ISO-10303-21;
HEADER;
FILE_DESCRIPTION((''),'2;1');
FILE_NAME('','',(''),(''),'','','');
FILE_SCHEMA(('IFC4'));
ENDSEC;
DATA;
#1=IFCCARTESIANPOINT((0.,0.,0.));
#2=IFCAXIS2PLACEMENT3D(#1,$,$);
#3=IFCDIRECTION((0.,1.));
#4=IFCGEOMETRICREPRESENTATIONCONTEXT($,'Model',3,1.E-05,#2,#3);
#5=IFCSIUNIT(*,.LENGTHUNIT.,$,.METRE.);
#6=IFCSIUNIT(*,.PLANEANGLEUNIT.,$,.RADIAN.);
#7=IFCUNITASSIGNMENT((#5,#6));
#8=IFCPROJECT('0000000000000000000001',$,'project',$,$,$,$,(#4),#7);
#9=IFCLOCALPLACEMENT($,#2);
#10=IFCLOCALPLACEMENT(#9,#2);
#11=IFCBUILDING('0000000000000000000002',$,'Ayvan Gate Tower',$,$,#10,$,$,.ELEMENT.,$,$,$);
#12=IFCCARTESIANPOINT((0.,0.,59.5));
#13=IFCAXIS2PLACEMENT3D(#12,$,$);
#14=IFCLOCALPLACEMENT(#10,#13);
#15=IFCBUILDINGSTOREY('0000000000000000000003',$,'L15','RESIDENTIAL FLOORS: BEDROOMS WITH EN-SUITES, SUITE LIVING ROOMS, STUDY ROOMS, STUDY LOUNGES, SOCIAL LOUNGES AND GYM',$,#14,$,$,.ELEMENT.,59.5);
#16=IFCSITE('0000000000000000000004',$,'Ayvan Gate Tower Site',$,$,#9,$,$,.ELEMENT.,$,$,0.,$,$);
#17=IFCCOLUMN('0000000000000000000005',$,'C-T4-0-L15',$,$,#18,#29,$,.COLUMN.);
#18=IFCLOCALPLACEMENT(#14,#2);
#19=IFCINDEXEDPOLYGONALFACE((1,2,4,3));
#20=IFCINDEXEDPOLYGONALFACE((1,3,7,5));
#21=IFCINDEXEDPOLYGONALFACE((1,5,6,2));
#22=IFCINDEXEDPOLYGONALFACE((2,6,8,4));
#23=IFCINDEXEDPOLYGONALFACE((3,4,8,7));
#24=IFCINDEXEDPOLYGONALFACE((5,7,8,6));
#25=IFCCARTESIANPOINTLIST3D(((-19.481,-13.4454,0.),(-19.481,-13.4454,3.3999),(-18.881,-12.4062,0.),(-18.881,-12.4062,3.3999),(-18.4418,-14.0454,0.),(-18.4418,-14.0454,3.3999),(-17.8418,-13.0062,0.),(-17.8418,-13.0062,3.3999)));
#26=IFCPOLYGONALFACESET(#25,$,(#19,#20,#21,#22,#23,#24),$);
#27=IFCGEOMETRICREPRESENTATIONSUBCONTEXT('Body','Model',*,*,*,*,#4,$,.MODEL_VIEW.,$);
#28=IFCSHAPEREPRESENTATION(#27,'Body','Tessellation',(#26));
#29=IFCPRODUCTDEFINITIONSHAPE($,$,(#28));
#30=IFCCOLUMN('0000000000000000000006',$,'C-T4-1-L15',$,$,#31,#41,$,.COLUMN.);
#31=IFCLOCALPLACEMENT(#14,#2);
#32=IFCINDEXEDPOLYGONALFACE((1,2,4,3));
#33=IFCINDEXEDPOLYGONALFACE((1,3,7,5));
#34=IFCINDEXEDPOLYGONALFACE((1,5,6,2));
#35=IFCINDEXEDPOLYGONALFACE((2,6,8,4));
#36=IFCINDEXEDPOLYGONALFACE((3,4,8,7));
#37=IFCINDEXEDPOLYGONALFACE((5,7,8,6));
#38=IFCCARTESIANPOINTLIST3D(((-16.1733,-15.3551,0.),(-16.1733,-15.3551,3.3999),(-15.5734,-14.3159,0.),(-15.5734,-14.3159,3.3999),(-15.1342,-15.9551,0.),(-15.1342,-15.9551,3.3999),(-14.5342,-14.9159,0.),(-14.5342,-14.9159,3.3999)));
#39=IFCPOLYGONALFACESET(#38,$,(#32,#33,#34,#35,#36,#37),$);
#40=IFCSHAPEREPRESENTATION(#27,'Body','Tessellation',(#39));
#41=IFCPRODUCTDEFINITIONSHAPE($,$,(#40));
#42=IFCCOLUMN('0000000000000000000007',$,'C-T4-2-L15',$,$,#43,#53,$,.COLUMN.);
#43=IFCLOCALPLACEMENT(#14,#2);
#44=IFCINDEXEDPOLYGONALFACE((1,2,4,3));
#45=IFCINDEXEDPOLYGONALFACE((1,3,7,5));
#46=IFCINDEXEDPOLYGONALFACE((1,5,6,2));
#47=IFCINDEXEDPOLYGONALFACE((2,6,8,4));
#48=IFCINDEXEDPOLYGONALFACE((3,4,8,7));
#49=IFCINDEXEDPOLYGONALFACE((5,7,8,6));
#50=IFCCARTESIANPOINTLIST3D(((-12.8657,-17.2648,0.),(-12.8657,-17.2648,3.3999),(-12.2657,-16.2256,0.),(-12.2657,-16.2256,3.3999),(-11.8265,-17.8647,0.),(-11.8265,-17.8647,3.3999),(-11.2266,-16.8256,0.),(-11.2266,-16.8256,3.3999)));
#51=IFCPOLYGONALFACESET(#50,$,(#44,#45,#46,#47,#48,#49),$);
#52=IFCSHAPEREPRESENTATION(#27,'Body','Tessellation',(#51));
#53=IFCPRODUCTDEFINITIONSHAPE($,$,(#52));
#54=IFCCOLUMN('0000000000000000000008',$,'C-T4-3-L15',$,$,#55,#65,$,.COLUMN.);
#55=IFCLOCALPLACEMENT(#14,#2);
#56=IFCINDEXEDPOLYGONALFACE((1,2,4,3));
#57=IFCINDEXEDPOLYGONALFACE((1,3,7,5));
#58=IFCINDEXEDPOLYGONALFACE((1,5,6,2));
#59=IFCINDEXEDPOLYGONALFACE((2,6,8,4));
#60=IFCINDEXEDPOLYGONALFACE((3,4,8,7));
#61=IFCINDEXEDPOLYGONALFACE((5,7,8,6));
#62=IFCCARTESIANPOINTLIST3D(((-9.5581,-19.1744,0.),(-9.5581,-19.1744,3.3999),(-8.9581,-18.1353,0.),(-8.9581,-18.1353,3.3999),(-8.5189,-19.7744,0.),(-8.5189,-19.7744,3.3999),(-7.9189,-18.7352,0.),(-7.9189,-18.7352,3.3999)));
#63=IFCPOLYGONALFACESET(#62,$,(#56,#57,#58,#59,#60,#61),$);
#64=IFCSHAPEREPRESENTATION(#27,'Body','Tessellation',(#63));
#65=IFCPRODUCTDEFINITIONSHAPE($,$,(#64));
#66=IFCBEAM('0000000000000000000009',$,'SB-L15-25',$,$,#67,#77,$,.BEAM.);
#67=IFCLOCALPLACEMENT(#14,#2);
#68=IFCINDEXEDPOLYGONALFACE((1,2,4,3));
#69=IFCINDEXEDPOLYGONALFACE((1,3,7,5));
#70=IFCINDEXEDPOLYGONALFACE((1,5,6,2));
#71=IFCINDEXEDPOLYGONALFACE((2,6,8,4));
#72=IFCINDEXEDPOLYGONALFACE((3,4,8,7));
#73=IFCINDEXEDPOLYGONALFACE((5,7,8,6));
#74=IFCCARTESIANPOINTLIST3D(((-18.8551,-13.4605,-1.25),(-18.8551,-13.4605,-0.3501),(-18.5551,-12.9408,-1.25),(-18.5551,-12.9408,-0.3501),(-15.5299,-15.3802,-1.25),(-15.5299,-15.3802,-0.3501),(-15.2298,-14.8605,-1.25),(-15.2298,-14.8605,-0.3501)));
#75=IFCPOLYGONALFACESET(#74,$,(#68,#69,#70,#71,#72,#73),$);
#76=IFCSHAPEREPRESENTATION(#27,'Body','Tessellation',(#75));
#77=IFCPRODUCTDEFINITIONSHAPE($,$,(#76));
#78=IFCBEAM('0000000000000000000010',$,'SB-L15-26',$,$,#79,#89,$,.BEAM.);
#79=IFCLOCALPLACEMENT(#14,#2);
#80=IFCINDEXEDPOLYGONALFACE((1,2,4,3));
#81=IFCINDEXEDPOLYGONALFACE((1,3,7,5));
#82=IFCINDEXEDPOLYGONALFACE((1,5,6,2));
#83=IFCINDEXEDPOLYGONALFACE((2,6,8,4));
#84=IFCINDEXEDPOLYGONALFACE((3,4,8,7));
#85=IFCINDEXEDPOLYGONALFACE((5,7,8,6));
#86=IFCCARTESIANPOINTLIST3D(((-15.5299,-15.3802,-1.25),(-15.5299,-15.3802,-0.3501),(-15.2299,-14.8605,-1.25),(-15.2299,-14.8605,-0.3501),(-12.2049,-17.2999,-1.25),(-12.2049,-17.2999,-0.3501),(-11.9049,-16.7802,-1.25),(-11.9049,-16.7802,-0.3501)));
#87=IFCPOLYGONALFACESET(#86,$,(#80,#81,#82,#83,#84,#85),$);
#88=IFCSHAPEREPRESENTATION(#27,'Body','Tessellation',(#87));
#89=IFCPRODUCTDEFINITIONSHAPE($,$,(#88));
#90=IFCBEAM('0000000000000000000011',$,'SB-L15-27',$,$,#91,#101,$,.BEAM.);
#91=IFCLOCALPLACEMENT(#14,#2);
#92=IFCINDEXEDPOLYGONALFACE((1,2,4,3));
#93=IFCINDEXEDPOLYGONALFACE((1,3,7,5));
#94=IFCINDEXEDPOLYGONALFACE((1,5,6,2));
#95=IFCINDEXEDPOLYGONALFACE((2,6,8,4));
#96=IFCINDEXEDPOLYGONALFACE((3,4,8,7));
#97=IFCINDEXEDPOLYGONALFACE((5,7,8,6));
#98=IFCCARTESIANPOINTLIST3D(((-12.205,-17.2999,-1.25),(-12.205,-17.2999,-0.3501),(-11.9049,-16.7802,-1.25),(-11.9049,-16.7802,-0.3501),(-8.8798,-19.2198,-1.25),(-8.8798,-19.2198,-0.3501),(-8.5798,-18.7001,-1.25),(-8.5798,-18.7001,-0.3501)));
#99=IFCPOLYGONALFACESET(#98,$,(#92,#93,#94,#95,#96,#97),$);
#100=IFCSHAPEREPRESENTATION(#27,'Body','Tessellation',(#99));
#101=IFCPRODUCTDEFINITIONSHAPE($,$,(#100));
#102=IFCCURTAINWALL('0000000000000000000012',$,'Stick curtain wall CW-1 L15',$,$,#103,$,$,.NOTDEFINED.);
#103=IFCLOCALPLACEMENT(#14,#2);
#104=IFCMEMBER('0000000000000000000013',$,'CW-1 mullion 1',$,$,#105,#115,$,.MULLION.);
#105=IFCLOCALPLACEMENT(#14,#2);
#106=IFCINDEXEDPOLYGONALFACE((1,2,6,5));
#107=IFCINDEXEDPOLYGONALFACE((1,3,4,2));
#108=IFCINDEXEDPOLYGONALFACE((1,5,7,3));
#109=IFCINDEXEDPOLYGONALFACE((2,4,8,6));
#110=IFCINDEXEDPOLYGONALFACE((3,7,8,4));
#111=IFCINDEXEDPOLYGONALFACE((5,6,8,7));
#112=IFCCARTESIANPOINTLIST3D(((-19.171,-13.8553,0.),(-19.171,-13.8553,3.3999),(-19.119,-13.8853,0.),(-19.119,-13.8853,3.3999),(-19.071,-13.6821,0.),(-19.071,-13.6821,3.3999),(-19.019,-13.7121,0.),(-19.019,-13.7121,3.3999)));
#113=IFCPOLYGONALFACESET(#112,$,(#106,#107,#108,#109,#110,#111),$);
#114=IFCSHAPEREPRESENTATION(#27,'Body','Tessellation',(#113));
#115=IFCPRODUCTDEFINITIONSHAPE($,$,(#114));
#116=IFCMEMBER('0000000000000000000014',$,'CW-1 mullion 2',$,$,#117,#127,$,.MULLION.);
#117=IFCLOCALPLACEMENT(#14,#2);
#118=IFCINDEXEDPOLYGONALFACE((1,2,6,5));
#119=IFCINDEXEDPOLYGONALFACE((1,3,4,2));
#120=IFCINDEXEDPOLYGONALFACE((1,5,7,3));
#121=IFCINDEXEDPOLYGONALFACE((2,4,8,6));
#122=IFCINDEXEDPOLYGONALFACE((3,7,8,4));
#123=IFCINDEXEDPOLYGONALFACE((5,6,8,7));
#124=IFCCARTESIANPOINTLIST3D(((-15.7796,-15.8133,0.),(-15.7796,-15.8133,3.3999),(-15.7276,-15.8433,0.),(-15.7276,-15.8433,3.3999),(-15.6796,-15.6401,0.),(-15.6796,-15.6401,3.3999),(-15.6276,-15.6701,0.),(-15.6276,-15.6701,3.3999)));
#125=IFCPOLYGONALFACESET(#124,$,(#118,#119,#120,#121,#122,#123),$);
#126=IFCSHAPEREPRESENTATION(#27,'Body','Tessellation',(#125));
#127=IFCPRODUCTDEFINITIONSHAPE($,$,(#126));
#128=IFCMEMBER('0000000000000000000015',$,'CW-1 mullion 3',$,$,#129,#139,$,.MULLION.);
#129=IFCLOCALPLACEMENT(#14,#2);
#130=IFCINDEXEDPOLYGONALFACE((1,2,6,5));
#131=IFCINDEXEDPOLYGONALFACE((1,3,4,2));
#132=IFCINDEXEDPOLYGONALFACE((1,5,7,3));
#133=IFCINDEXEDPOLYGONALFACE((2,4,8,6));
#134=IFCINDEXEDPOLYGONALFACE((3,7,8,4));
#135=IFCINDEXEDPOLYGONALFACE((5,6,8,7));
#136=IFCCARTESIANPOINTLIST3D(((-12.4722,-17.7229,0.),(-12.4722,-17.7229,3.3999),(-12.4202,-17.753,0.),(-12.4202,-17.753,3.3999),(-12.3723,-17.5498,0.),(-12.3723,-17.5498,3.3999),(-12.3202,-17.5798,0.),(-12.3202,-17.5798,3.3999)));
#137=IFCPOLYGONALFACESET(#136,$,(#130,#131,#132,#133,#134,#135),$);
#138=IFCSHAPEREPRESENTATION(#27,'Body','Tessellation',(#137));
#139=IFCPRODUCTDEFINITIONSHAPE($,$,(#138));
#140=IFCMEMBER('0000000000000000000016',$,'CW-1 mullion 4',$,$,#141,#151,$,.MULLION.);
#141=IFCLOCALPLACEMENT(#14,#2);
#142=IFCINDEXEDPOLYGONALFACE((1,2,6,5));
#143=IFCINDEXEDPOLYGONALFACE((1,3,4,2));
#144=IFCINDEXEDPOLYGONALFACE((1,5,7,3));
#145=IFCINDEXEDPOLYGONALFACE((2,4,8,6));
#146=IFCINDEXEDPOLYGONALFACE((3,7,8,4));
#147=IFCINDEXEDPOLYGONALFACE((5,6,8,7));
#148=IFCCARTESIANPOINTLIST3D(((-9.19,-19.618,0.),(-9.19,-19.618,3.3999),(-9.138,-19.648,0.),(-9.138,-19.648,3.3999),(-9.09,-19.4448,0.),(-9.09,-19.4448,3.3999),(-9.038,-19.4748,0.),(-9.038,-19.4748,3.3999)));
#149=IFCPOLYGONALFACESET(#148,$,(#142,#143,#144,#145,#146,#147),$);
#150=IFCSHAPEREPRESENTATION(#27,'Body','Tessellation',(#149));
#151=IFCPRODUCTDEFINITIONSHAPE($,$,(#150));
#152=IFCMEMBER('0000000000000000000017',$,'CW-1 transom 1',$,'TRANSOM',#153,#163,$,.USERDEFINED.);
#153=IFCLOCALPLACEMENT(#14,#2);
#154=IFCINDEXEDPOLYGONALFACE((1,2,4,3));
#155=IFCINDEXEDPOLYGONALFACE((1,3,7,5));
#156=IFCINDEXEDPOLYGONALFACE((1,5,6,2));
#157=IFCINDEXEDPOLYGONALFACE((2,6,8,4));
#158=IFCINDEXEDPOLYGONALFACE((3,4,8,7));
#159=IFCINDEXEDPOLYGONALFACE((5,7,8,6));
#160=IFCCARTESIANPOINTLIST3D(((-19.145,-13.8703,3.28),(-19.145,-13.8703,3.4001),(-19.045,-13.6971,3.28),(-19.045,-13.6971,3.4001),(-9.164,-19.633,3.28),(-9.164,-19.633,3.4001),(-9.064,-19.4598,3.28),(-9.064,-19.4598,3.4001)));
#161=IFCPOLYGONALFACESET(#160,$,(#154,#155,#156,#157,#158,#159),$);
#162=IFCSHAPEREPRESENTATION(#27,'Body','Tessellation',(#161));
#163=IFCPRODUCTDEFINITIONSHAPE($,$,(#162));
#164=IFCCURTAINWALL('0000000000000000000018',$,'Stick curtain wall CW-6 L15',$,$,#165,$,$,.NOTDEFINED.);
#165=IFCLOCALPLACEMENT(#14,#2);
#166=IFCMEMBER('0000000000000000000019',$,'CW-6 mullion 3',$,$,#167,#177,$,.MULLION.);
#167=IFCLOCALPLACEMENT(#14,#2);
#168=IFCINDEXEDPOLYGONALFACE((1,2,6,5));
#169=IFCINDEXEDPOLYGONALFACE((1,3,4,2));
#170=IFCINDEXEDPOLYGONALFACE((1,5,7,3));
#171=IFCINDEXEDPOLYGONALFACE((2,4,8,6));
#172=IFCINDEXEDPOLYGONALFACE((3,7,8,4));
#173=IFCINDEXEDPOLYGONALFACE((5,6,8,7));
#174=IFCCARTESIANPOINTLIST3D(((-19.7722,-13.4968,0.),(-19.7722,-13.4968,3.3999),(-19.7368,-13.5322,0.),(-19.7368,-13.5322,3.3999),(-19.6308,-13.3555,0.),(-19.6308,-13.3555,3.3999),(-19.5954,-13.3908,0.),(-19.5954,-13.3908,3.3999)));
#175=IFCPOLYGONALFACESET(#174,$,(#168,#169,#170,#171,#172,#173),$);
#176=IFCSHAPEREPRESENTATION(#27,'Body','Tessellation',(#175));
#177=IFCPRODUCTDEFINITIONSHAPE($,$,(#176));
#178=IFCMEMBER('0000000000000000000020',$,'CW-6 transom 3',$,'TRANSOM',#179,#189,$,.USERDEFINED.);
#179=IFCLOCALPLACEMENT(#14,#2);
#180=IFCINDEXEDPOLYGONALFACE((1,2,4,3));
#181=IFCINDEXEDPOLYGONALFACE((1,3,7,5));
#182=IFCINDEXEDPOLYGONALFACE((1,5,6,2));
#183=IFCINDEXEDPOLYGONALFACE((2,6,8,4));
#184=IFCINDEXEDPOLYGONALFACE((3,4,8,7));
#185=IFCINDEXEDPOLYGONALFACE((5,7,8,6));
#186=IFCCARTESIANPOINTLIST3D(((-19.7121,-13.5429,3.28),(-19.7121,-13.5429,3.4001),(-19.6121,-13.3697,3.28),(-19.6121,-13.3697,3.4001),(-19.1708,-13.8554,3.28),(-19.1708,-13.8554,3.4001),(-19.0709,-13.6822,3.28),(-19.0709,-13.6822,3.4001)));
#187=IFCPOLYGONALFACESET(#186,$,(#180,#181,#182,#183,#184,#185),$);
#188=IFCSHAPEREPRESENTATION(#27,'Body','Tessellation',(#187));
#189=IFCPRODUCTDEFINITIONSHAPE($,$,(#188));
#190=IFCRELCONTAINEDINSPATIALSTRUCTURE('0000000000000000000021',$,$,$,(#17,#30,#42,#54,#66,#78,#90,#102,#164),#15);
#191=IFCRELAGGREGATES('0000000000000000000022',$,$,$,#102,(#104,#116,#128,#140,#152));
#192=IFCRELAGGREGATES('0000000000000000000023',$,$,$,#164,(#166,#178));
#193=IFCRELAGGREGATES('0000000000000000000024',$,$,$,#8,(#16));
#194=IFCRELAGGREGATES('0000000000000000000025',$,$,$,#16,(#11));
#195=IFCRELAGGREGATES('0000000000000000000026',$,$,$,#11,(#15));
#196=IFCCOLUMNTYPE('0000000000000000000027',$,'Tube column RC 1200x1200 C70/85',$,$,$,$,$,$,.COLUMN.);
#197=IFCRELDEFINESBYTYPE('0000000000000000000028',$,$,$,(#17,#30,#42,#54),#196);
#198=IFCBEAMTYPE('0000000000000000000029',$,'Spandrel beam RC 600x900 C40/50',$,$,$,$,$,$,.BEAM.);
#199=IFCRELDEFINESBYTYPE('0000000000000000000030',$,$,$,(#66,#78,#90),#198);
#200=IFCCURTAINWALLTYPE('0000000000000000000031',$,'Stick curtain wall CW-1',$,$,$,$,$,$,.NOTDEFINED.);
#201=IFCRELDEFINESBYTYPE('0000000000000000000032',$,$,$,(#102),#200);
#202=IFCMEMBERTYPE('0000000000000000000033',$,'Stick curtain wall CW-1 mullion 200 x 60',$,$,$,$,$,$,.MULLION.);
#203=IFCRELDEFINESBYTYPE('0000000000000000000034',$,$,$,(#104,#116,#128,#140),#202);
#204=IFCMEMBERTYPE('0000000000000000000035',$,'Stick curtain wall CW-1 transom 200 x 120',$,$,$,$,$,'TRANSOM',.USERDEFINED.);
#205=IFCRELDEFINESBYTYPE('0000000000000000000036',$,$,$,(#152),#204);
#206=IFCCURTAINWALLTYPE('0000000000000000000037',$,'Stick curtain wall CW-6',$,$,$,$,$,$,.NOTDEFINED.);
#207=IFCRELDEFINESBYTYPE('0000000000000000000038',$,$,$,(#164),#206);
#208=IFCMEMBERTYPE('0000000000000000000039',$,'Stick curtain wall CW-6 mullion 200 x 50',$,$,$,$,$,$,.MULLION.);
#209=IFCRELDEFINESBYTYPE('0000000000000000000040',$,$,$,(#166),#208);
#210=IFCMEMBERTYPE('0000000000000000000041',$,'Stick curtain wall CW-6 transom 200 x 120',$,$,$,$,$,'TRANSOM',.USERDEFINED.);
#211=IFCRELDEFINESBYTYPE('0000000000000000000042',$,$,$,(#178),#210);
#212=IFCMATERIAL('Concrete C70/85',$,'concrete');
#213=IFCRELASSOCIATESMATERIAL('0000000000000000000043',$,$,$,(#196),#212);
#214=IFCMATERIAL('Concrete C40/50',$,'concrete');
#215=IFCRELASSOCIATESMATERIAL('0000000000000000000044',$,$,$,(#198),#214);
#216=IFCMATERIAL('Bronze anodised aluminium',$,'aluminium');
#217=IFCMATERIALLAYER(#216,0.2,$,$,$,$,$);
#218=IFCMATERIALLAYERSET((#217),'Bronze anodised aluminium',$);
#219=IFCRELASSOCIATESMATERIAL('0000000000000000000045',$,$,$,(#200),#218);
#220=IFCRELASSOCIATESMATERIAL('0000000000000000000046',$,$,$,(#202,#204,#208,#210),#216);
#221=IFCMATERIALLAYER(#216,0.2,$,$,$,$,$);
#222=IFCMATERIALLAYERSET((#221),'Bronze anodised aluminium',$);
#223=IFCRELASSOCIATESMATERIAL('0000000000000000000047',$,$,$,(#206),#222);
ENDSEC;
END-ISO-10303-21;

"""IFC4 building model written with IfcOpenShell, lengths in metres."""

from ifc_helpers import new_model, si_unit, direction, frame, origin, origin_2d, place, context, subcontext, project, spatial, rectangle, extrude, material, layer, layer_set, material_profile, profile_set, type_object, element, aggregate, save


model = new_model("IFC4")

# Units and contexts
model_context = context("Model", 3, precision=1e-05, world=origin(), true_north=direction((0.0, 1.0)))
body_context = subcontext(model_context, "Body", "Model", "MODEL_VIEW")
ifc_project = project(units=[si_unit("LENGTHUNIT", "METRE"), si_unit("PLANEANGLEUNIT", "RADIAN")], contexts=[model_context])

# Site, building, storey
site_placement = place(None, origin())
site = spatial("IfcSite", under=ifc_project, at=site_placement, Name="Ayvan Gate Tower Site", CompositionType="ELEMENT", RefElevation=0.0)
building_placement = place(site_placement, origin())
building = spatial("IfcBuilding", under=site, at=building_placement, Name="Ayvan Gate Tower", CompositionType="ELEMENT")
storey_placement = place(building_placement, frame((0.0, 0.0, 59.5)))
storey = spatial("IfcBuildingStorey", under=building, at=storey_placement, Name="L15", Description="RESIDENTIAL FLOORS: BEDROOMS WITH EN-SUITES, SUITE LIVING ROOMS, STUDY ROOMS, STUDY LOUNGES, SOCIAL LOUNGES AND GYM", CompositionType="ELEMENT", Elevation=59.5)

# Columns
ifc_material_1 = material(Name="Concrete C70/85", Category="concrete")
ifc_material_profile_1 = material_profile(ifc_material_1, rectangle(XDim=1.2, YDim=1.2, at=origin_2d()), Name="RC 1200x1200")
ifc_profile_set_1 = profile_set([ifc_material_profile_1], Name="Concrete C70/85")
column_type = type_object("IfcColumnType", Name="Tube column RC 1200x1200 C70/85", PredefinedType="COLUMN", material=ifc_profile_set_1)
for number, where, z_axis, x_axis, name in (
    (1, (-18.6614, -13.2258, 0.0), (0.0, 0.0, 1.0), (-0.5, -0.866025, 0.0), "C-T4-0-L15"),
    (2, (-15.3538, -15.1355, 0.0), (0.0, 0.0, 1.0), (-0.5, -0.866025, 0.0), "C-T4-1-L15"),
    (3, (-12.0461, -17.0452, 0.0), (0.0, 0.0, 1.0), (-0.5, -0.866025, 0.0), "C-T4-2-L15"),
    (4, (-8.7385, -18.9548, 0.0), (0.0, 0.0, 1.0), (-0.5, -0.866025, 0.0), "C-T4-3-L15"),
):
    element("IfcColumn", number, at=place(storey_placement, frame(where, z_axis=z_axis, x_axis=x_axis)), inside=storey, type_object=column_type, Name=name, PredefinedType="COLUMN", context=body_context, shape_type="SweptSolid", body=[
        extrude(rectangle(XDim=1.2, YDim=1.2, at=origin_2d()), origin(), (0.0, 0.0, 1.0), 3.3999),
    ])

# Beams
ifc_material_2 = material(Name="Concrete C40/50", Category="concrete")
ifc_material_profile_2 = material_profile(ifc_material_2, rectangle(XDim=0.6001, YDim=0.8999, at=origin_2d()), Name="RC 600x900")
ifc_profile_set_2 = profile_set([ifc_material_profile_2], Name="Concrete C40/50")
beam_type = type_object("IfcBeamType", Name="Spandrel beam RC 600x900 C40/50", PredefinedType="BEAM", material=ifc_profile_set_2)
beam_1_placement = place(storey_placement, frame((-18.7051, -13.2007, -0.8), z_axis=(0.866039, -0.499976, 0.0), x_axis=(0.499976, 0.866039, 0.0)))
element("IfcBeam", 5, at=beam_1_placement, inside=storey, type_object=beam_type, Name="SB-L15-25", PredefinedType="BEAM", context=body_context, shape_type="SweptSolid", body=[
    extrude(rectangle(XDim=0.6001, YDim=0.8999, at=origin_2d()), origin(), (0.0, 0.0, 1.0), 3.8396),
])
beam_2_placement = place(storey_placement, frame((-15.3799, -15.1204, -0.8), z_axis=(0.866024, -0.500003, 0.0), x_axis=(0.500003, 0.866024, 0.0)))
element("IfcBeam", 6, at=beam_2_placement, inside=storey, type_object=beam_type, Name="SB-L15-26", PredefinedType="BEAM", context=body_context, shape_type="SweptSolid", body=[
    extrude(rectangle(XDim=0.6001, YDim=0.8999, at=origin_2d()), origin(), (0.0, 0.0, 1.0), 3.8394),
])
beam_3_placement = place(storey_placement, frame((-12.0549, -17.04, -0.8), z_axis=(0.866012, -0.500023, 0.0), x_axis=(0.500023, 0.866012, 0.0)))
element("IfcBeam", 7, at=beam_3_placement, inside=storey, type_object=beam_type, Name="SB-L15-27", PredefinedType="BEAM", context=body_context, shape_type="SweptSolid", body=[
    extrude(rectangle(XDim=0.6001, YDim=0.8999, at=origin_2d()), origin(), (0.0, 0.0, 1.0), 3.8396),
])

# Curtain walls, members
ifc_material_3 = material(Name="Bronze anodised aluminium", Category="aluminium")
ifc_layer_1 = layer(ifc_material_3, 0.2)
ifc_layer_set_1 = layer_set([ifc_layer_1], Name="Bronze anodised aluminium")
curtain_wall_type_1 = type_object("IfcCurtainWallType", Name="Stick curtain wall CW-1", PredefinedType="NOTDEFINED", material=ifc_layer_set_1)
curtain_wall_1_placement = place(storey_placement, origin())
curtain_wall_1 = element("IfcCurtainWall", 8, at=curtain_wall_1_placement, inside=storey, type_object=curtain_wall_type_1, Name="Stick curtain wall CW-1 L15", PredefinedType="NOTDEFINED")
ifc_material_profile_3 = material_profile(ifc_material_3, rectangle(XDim=0.2, YDim=0.0601, at=origin_2d()), Name="Stick curtain wall CW-1 mullion 200 x 60")
ifc_profile_set_3 = profile_set([ifc_material_profile_3], Name="Bronze anodised aluminium")
member_type_1 = type_object("IfcMemberType", Name="Stick curtain wall CW-1 mullion 200 x 60", PredefinedType="MULLION", material=ifc_profile_set_3)
member_1_placement = place(storey_placement, frame((-19.095, -13.7837, 0.0), z_axis=(0.0, 0.0, 1.0), x_axis=(-0.5, -0.866025, 0.0)))
member_1 = element("IfcMember", 9, at=member_1_placement, type_object=member_type_1, Name="CW-1 mullion 1", PredefinedType="MULLION", context=body_context, shape_type="SweptSolid", body=[
    extrude(rectangle(XDim=0.2, YDim=0.0601, at=origin_2d()), origin(), (0.0, 0.0, 1.0), 3.3999),
])
member_2_placement = place(storey_placement, frame((-15.7036, -15.7417, 0.0), z_axis=(0.0, 0.0, 1.0), x_axis=(-0.5, -0.866025, 0.0)))
member_2 = element("IfcMember", 10, at=member_2_placement, type_object=member_type_1, Name="CW-1 mullion 2", PredefinedType="MULLION", context=body_context, shape_type="SweptSolid", body=[
    extrude(rectangle(XDim=0.2, YDim=0.0601, at=origin_2d()), origin(), (0.0, 0.0, 1.0), 3.3999),
])
member_3_placement = place(storey_placement, frame((-12.3962, -17.6514, 0.0), z_axis=(0.0, 0.0, 1.0), x_axis=(-0.5, -0.866025, 0.0)))
member_3 = element("IfcMember", 11, at=member_3_placement, type_object=member_type_1, Name="CW-1 mullion 3", PredefinedType="MULLION", context=body_context, shape_type="SweptSolid", body=[
    extrude(rectangle(XDim=0.2, YDim=0.0601, at=origin_2d()), origin(), (0.0, 0.0, 1.0), 3.3999),
])
member_4_placement = place(storey_placement, frame((-9.114, -19.5464, 0.0), z_axis=(0.0, 0.0, 1.0), x_axis=(-0.5, -0.866025, 0.0)))
member_4 = element("IfcMember", 12, at=member_4_placement, type_object=member_type_1, Name="CW-1 mullion 4", PredefinedType="MULLION", context=body_context, shape_type="SweptSolid", body=[
    extrude(rectangle(XDim=0.2, YDim=0.0601, at=origin_2d()), origin(), (0.0, 0.0, 1.0), 3.3999),
])
ifc_material_profile_4 = material_profile(ifc_material_3, rectangle(XDim=0.2, YDim=0.1201, at=origin_2d()), Name="Stick curtain wall CW-1 transom 200 x 120")
ifc_profile_set_4 = profile_set([ifc_material_profile_4], Name="Bronze anodised aluminium")
member_type_2 = type_object("IfcMemberType", Name="Stick curtain wall CW-1 transom 200 x 120", ElementType="TRANSOM", PredefinedType="USERDEFINED", material=ifc_profile_set_4)
member_5_placement = place(storey_placement, frame((-19.095, -13.7837, 3.3401), z_axis=(0.866018, -0.500012, 0.0), x_axis=(0.500012, 0.866018, 0.0)))
member_5 = element("IfcMember", 13, at=member_5_placement, type_object=member_type_2, Name="CW-1 transom 1", ObjectType="TRANSOM", PredefinedType="USERDEFINED", context=body_context, shape_type="SweptSolid", body=[
    extrude(rectangle(XDim=0.2, YDim=0.1201, at=origin_2d()), origin(), (0.0, 0.0, 1.0), 11.5251),
])
ifc_layer_2 = layer(ifc_material_3, 0.2)
ifc_layer_set_2 = layer_set([ifc_layer_2], Name="Bronze anodised aluminium")
curtain_wall_type_2 = type_object("IfcCurtainWallType", Name="Stick curtain wall CW-6", PredefinedType="NOTDEFINED", material=ifc_layer_set_2)
curtain_wall_2_placement = place(storey_placement, origin())
curtain_wall_2 = element("IfcCurtainWall", 14, at=curtain_wall_2_placement, inside=storey, type_object=curtain_wall_type_2, Name="Stick curtain wall CW-6 L15", PredefinedType="NOTDEFINED")
ifc_material_profile_5 = material_profile(ifc_material_3, rectangle(XDim=0.2, YDim=0.05, at=origin_2d()), Name="Stick curtain wall CW-6 mullion 200 x 50")
ifc_profile_set_5 = profile_set([ifc_material_profile_5], Name="Bronze anodised aluminium")
member_type_3 = type_object("IfcMemberType", Name="Stick curtain wall CW-6 mullion 200 x 50", PredefinedType="MULLION", material=ifc_profile_set_5)
member_6_placement = place(storey_placement, frame((-19.6838, -13.4438, 0.0), z_axis=(0.0, 0.0, 1.0), x_axis=(-0.707107, -0.707107, 0.0)))
member_6 = element("IfcMember", 15, at=member_6_placement, type_object=member_type_3, Name="CW-6 mullion 3", PredefinedType="MULLION", context=body_context, shape_type="SweptSolid", body=[
    extrude(rectangle(XDim=0.2, YDim=0.05, at=origin_2d()), origin(), (0.0, 0.0, 1.0), 3.3999),
])
ifc_material_profile_6 = material_profile(ifc_material_3, rectangle(XDim=0.2, YDim=0.1201, at=origin_2d()), Name="Stick curtain wall CW-6 transom 200 x 120")
ifc_profile_set_6 = profile_set([ifc_material_profile_6], Name="Bronze anodised aluminium")
member_type_4 = type_object("IfcMemberType", Name="Stick curtain wall CW-6 transom 200 x 120", ElementType="TRANSOM", PredefinedType="USERDEFINED", material=ifc_profile_set_6)
member_7_placement = place(storey_placement, frame((-19.6621, -13.4563, 3.3401), z_axis=(0.866023, -0.500004, 0.0), x_axis=(0.500004, 0.866023, 0.0)))
member_7 = element("IfcMember", 16, at=member_7_placement, type_object=member_type_4, Name="CW-6 transom 3", ObjectType="TRANSOM", PredefinedType="USERDEFINED", context=body_context, shape_type="SweptSolid", body=[
    extrude(rectangle(XDim=0.2, YDim=0.1201, at=origin_2d()), origin(), (0.0, 0.0, 1.0), 0.625),
])

aggregate(curtain_wall_1, [member_1, member_2, member_3, member_4, member_5])
aggregate(curtain_wall_2, [member_6, member_7])

save(model, "model.ifc")
